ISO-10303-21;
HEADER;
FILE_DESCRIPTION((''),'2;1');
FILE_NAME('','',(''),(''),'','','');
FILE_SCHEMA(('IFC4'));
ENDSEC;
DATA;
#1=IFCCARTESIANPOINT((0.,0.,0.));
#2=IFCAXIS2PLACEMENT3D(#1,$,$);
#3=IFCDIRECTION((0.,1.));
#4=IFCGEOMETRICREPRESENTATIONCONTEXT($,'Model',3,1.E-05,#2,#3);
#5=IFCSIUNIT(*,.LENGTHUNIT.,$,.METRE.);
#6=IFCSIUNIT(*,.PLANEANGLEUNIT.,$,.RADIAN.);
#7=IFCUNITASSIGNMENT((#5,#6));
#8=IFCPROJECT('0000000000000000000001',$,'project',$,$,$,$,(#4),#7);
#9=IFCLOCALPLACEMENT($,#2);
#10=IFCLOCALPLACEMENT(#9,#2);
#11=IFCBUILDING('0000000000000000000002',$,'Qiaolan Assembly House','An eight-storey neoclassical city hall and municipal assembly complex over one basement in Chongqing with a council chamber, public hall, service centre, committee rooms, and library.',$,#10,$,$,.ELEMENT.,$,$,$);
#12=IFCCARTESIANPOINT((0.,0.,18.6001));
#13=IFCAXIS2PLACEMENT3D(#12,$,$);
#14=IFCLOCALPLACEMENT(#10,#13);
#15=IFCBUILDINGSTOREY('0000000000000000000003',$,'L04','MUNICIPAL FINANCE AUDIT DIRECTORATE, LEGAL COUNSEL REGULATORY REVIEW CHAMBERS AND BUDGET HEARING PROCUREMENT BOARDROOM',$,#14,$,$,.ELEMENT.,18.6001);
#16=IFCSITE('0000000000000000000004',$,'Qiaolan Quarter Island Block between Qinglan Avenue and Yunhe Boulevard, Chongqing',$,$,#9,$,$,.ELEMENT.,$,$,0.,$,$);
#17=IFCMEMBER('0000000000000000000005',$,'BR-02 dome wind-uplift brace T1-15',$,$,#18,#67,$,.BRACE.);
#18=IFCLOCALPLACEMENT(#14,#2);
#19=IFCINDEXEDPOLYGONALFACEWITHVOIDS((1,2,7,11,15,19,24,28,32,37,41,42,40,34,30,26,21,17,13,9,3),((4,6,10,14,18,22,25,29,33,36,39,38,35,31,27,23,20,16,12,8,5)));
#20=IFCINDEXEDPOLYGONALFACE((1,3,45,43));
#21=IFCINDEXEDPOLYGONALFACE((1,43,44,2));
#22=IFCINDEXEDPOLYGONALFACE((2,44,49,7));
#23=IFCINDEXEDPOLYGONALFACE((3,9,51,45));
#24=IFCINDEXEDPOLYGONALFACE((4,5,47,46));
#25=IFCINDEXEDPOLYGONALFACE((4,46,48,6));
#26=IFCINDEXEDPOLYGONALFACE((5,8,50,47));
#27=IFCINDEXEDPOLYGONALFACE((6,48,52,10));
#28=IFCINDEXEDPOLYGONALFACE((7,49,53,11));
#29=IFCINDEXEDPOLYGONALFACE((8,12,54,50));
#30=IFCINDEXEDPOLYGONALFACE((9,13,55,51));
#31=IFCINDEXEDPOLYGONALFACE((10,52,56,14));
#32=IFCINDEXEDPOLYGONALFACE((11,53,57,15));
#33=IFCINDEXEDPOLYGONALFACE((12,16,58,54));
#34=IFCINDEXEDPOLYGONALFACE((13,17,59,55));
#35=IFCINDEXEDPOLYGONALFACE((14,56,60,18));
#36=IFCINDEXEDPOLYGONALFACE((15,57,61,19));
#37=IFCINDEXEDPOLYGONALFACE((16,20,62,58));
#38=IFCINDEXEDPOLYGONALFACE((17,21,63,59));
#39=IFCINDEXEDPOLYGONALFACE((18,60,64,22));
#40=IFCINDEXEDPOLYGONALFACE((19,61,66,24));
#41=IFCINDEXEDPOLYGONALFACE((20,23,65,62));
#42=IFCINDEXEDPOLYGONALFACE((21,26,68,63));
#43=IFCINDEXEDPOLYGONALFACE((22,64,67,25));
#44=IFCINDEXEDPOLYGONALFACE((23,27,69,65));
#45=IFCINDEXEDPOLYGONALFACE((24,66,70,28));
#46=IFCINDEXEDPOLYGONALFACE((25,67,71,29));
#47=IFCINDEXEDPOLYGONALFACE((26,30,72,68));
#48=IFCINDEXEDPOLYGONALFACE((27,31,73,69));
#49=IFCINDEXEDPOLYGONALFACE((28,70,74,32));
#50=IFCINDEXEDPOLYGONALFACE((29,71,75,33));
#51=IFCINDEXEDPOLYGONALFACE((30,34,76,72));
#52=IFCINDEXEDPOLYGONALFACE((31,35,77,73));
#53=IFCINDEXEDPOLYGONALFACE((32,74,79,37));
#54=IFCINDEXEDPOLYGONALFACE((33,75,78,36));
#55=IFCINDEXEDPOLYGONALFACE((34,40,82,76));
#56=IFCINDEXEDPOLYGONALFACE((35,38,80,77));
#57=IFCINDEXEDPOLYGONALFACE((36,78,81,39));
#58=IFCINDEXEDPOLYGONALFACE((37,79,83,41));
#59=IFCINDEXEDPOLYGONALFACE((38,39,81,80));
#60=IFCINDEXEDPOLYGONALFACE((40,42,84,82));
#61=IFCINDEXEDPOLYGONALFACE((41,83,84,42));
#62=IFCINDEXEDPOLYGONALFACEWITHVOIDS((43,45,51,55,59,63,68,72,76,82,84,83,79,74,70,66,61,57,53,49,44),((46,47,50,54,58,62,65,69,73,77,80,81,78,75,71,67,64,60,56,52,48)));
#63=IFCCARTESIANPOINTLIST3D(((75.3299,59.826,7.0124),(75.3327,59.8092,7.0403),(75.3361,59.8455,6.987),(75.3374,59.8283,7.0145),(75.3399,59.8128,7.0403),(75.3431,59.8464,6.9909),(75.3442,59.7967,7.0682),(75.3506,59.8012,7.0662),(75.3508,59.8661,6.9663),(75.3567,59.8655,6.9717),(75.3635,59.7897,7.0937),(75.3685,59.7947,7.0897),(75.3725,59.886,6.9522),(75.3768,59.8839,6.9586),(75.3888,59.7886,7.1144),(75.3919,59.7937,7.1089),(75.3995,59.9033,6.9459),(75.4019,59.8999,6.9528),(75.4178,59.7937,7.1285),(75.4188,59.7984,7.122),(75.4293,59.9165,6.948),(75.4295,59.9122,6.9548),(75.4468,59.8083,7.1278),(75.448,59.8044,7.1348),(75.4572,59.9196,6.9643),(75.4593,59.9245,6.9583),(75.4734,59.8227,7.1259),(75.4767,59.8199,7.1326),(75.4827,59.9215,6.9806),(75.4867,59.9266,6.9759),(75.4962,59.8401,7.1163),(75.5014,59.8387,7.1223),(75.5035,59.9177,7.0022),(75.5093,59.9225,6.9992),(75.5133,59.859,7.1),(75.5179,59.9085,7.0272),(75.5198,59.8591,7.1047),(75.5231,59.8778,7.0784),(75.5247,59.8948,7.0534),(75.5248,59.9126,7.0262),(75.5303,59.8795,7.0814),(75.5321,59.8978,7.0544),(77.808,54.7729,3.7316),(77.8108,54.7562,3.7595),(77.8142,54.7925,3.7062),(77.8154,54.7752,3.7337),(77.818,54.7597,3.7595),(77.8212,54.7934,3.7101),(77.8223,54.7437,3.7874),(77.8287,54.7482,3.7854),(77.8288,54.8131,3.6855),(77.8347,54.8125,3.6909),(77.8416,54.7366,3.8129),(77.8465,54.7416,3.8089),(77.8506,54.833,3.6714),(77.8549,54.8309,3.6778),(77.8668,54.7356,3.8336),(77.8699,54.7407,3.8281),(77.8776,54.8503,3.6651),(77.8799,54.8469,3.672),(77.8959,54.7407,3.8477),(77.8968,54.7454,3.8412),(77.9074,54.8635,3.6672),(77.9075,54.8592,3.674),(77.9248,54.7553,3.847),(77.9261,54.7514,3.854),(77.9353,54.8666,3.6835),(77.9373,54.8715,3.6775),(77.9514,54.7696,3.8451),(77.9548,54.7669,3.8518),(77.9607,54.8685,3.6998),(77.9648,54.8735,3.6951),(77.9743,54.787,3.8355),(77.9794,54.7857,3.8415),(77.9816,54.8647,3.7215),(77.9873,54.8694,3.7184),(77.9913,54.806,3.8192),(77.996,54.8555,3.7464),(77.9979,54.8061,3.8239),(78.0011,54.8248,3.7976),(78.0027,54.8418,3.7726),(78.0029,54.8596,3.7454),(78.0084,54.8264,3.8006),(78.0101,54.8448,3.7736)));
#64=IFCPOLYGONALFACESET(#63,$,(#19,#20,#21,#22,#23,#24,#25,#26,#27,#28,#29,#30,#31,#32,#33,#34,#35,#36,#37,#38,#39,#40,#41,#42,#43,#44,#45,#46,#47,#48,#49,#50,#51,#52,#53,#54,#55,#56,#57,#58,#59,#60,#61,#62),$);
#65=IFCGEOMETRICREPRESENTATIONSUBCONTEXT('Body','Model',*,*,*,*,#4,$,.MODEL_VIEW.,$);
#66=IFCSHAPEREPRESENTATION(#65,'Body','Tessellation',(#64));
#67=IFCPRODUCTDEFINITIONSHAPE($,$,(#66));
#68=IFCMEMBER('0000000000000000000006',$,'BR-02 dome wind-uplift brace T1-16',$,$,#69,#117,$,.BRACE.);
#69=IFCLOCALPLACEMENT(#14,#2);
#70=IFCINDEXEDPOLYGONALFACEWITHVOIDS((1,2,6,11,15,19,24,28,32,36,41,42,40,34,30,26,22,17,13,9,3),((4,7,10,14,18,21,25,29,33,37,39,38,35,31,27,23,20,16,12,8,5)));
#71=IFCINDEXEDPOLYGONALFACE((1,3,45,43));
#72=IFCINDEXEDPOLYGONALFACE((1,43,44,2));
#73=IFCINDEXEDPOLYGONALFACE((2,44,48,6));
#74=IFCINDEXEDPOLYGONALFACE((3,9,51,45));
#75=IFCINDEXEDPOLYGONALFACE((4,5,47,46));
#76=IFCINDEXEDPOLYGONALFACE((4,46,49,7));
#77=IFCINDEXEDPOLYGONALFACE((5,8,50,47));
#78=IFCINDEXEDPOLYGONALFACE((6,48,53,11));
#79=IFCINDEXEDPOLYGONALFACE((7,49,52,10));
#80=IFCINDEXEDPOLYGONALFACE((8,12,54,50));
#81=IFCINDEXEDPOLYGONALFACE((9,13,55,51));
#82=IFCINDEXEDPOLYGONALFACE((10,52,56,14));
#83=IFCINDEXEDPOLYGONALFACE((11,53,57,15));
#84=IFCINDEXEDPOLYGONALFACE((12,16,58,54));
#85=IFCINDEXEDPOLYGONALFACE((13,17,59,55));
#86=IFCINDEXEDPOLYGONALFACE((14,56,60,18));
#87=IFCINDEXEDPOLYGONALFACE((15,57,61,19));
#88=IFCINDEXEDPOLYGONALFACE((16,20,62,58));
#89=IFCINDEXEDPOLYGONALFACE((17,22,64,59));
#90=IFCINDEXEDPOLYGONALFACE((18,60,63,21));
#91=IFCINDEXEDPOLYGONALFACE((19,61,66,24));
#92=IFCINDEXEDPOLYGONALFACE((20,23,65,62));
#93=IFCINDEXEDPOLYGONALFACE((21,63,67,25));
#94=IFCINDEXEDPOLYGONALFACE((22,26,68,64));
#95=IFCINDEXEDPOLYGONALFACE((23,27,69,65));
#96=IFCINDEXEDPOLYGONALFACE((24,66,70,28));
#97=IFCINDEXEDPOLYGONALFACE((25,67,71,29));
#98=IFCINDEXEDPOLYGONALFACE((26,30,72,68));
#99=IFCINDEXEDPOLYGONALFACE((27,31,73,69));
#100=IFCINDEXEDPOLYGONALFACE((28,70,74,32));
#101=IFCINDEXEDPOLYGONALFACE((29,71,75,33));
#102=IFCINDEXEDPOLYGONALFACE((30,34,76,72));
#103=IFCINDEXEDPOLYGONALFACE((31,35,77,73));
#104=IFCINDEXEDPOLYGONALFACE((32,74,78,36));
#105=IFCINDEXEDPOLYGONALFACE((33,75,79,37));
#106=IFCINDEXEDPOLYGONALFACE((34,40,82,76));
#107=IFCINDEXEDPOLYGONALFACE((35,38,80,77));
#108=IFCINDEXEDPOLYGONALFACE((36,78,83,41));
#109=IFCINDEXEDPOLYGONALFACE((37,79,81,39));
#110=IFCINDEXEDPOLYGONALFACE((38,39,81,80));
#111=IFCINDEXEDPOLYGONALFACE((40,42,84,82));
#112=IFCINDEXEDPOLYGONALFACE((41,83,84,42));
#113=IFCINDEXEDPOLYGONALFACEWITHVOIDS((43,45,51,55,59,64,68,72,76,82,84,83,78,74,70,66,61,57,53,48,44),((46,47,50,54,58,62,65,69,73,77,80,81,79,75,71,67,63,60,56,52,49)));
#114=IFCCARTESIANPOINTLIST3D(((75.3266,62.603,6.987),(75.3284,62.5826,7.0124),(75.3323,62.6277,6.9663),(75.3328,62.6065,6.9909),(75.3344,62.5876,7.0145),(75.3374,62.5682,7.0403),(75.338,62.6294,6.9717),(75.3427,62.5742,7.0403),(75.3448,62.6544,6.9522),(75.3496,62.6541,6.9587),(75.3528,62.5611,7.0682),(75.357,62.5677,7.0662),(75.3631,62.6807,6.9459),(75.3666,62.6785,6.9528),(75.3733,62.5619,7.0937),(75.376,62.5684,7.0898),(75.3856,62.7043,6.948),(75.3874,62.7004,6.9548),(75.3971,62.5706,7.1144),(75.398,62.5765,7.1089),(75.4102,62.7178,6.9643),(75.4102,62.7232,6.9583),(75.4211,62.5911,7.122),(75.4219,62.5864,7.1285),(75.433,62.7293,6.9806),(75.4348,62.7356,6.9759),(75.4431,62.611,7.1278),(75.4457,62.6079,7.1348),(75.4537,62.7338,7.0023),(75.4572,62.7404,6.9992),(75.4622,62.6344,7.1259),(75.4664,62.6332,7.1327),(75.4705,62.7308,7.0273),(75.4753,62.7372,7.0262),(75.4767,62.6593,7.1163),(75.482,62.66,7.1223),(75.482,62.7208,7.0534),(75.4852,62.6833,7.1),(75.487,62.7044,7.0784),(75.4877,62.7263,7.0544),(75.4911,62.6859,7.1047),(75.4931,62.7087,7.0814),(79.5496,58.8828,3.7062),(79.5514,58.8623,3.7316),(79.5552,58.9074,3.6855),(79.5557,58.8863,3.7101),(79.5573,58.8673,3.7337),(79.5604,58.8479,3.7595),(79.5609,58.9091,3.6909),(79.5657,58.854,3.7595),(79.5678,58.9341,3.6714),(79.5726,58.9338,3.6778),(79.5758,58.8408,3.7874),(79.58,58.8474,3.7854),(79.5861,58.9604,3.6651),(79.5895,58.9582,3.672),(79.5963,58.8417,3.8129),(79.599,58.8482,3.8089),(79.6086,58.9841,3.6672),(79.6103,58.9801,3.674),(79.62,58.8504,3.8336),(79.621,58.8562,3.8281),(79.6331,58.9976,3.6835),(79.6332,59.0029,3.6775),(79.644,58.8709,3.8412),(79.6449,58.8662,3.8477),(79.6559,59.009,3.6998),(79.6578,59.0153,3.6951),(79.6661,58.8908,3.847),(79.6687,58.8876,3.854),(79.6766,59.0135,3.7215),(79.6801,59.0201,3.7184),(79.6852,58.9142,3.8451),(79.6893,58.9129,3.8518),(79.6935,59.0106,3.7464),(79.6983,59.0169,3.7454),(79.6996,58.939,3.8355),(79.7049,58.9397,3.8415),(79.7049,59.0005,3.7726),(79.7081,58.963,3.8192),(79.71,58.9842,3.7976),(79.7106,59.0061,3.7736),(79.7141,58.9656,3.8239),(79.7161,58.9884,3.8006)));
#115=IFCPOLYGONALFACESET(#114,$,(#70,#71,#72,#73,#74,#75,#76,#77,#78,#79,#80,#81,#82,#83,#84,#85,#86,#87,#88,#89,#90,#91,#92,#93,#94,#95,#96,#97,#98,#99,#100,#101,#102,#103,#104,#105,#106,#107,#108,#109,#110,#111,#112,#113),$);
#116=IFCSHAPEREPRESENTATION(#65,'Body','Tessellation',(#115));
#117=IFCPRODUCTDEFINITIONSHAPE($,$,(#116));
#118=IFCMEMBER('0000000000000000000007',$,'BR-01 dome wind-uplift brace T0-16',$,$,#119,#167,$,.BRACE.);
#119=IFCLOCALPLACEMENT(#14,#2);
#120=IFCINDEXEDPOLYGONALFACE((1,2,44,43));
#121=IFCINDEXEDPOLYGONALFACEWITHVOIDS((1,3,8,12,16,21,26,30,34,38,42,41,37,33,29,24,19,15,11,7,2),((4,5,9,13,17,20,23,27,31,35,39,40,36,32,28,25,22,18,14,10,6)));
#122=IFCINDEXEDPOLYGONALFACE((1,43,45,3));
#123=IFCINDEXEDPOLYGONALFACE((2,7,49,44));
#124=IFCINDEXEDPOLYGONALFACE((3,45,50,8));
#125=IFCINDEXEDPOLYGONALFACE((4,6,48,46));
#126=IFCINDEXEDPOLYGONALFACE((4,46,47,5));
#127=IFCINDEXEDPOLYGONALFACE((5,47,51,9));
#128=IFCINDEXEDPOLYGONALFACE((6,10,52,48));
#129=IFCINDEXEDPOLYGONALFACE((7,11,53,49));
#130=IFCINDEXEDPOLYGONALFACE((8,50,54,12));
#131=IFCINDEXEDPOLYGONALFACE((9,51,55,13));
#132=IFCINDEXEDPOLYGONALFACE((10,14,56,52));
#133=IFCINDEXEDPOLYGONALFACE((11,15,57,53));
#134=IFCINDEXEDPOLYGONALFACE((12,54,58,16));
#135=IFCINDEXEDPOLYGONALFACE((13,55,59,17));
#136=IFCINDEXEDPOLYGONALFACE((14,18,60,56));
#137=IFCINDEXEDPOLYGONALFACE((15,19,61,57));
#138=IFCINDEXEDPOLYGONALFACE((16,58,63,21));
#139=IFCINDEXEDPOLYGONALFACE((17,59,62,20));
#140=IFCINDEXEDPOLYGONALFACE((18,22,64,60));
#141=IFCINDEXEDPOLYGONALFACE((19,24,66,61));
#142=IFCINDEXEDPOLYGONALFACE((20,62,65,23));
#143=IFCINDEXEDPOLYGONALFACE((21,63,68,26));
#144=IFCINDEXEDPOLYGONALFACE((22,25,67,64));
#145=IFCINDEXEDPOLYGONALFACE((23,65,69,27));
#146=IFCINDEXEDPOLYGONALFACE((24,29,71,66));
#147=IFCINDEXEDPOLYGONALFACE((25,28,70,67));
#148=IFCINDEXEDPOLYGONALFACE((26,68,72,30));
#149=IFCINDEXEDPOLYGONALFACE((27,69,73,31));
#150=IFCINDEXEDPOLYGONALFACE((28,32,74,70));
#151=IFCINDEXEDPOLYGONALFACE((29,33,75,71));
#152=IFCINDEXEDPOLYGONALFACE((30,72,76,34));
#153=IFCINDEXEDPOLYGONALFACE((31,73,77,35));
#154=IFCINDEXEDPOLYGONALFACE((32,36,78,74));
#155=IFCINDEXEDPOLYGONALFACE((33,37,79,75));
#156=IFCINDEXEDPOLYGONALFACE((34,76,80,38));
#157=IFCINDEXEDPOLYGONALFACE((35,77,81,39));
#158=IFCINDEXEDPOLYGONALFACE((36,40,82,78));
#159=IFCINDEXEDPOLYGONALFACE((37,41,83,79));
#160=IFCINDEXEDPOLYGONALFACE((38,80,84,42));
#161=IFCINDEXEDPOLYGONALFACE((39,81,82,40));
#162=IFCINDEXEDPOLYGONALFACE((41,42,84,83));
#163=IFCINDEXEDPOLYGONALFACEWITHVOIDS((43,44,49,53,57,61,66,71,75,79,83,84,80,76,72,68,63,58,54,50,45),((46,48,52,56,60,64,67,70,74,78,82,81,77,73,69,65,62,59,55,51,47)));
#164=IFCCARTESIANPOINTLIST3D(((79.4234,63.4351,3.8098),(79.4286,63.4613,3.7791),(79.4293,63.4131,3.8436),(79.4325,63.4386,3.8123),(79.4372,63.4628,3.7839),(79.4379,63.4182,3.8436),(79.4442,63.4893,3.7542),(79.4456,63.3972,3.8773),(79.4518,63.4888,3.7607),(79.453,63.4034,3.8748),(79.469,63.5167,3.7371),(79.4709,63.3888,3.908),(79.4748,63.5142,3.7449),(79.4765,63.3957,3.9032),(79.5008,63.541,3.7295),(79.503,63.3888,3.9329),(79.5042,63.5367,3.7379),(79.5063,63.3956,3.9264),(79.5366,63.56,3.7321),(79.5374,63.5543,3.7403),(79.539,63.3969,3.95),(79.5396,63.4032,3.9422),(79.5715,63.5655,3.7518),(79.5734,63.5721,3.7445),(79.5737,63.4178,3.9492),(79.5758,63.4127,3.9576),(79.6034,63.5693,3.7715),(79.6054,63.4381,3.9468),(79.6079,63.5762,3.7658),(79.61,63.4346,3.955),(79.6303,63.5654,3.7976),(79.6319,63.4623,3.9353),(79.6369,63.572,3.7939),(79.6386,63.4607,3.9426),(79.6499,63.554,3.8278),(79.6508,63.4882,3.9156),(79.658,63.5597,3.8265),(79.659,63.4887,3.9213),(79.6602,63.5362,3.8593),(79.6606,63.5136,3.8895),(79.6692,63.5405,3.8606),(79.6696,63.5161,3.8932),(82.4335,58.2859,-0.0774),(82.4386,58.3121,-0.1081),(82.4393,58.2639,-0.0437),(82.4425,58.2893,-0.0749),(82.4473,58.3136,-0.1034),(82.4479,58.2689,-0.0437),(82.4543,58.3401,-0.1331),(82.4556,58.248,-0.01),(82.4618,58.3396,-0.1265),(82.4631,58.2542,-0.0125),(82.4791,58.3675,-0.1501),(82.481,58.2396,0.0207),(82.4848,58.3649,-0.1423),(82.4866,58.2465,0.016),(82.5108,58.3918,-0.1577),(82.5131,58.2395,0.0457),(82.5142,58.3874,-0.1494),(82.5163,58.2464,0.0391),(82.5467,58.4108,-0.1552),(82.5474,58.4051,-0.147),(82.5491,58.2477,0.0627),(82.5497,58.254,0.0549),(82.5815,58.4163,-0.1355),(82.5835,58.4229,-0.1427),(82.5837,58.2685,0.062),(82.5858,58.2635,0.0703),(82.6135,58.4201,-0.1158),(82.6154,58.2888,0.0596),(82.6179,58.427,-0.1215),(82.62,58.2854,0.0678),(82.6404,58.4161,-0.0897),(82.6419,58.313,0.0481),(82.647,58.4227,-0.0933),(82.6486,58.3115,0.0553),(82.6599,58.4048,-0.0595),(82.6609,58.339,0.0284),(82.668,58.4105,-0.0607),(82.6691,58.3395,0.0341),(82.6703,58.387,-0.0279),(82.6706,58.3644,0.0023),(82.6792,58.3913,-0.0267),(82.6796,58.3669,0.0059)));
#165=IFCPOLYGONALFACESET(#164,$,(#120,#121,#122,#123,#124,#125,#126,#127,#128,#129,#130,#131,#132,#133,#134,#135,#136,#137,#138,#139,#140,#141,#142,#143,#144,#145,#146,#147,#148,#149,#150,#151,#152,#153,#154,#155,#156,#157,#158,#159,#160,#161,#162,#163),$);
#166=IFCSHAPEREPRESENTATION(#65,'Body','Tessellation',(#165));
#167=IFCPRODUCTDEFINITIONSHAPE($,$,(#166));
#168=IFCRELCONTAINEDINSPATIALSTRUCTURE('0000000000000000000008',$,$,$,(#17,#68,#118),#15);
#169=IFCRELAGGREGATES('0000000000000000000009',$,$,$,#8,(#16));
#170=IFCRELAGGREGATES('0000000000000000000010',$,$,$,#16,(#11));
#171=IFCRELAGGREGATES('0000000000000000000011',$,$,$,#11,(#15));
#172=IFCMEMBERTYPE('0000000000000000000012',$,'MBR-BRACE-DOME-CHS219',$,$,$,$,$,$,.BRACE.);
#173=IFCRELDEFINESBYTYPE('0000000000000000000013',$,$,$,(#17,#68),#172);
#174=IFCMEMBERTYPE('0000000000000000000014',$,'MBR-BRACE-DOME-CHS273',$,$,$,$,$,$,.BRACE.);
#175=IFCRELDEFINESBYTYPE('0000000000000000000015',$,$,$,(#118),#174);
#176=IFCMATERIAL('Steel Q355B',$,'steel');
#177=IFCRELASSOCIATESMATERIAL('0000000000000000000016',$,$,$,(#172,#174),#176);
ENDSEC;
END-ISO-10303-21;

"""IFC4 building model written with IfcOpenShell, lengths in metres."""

from ifc_helpers import new_model, si_unit, direction, frame, origin, origin_2d, place, context, subcontext, project, spatial, hollow_circle, extrude, material, material_profile, profile_set, type_object, element, save


model = new_model("IFC4")

# Units and contexts
model_context = context("Model", 3, precision=1e-05, world=origin(), true_north=direction((0.0, 1.0)))
body_context = subcontext(model_context, "Body", "Model", "MODEL_VIEW")
ifc_project = project(units=[si_unit("LENGTHUNIT", "METRE"), si_unit("PLANEANGLEUNIT", "RADIAN")], contexts=[model_context])

# Site, building, storey
site_placement = place(None, origin())
site = spatial("IfcSite", under=ifc_project, at=site_placement, Name="Qiaolan Quarter Island Block between Qinglan Avenue and Yunhe Boulevard, Chongqing", CompositionType="ELEMENT", RefElevation=0.0)
building_placement = place(site_placement, origin())
building = spatial("IfcBuilding", under=site, at=building_placement, Name="Qiaolan Assembly House", Description="An eight-storey neoclassical city hall and municipal assembly complex over one basement in Chongqing with a council chamber, public hall, service centre, committee rooms, and library.", CompositionType="ELEMENT")
storey_placement = place(building_placement, frame((0.0, 0.0, 18.6001)))
storey = spatial("IfcBuildingStorey", under=building, at=storey_placement, Name="L04", Description="MUNICIPAL FINANCE AUDIT DIRECTORATE, LEGAL COUNSEL REGULATORY REVIEW CHAMBERS AND BUDGET HEARING PROCUREMENT BOARDROOM", CompositionType="ELEMENT", Elevation=18.6001)

# Shared definitions
ifc_material_1 = material(Name="Steel Q355B", Category="steel")

# Members
ifc_material_profile_1 = material_profile(ifc_material_1, hollow_circle(Radius=0.1096, WallThickness=0.0081, at=origin_2d()), Name="CHS 219.1x8")
ifc_profile_set_1 = profile_set([ifc_material_profile_1], Name="Steel Q355B")
member_type_1 = type_object("IfcMemberType", Name="MBR-BRACE-DOME-CHS219", PredefinedType="BRACE", material=ifc_profile_set_1)
for number, where, z_axis, x_axis, name in (
    (1, (77.9092, 54.8044, 3.7595), (-0.380396, 0.77567, 0.503622), (-0.897845, -0.440312, 0.0), "BR-02 dome wind-uplift brace T1-15"),
    (2, (79.6328, 58.9302, 3.7595), (-0.648249, 0.571083, 0.503624), (-0.661035, -0.750355, 0.0), "BR-02 dome wind-uplift brace T1-16"),
):
    element("IfcMember", number, at=place(storey_placement, frame(where, z_axis=z_axis, x_axis=x_axis)), inside=storey, type_object=member_type_1, Name=name, PredefinedType="BRACE", context=body_context, shape_type="SweptSolid", body=[
        extrude(hollow_circle(Radius=0.1096, WallThickness=0.0081, at=origin_2d()), origin(), (0.0, 0.0, 1.0), 6.5144),
    ])
ifc_material_profile_2 = material_profile(ifc_material_1, hollow_circle(Radius=0.1365, WallThickness=0.01, at=origin_2d()), Name="CHS 273x10")
ifc_profile_set_2 = profile_set([ifc_material_profile_2], Name="Steel Q355B")
member_type_2 = type_object("IfcMemberType", Name="MBR-BRACE-DOME-CHS273", PredefinedType="BRACE", material=ifc_profile_set_2)
member_1_placement = place(storey_placement, frame((82.5571, 58.3328, -0.0437), z_axis=(-0.422796, 0.723269, 0.546009), x_axis=(-0.863317, -0.504662, 0.0)))
element("IfcMember", 3, at=member_1_placement, inside=storey, type_object=member_type_2, Name="BR-01 dome wind-uplift brace T0-16", PredefinedType="BRACE", context=body_context, shape_type="SweptSolid", body=[
    extrude(hollow_circle(Radius=0.1365, WallThickness=0.01, at=origin_2d()), origin(), (0.0, 0.0, 1.0), 7.1194),
])

save(model, "model.ifc")
